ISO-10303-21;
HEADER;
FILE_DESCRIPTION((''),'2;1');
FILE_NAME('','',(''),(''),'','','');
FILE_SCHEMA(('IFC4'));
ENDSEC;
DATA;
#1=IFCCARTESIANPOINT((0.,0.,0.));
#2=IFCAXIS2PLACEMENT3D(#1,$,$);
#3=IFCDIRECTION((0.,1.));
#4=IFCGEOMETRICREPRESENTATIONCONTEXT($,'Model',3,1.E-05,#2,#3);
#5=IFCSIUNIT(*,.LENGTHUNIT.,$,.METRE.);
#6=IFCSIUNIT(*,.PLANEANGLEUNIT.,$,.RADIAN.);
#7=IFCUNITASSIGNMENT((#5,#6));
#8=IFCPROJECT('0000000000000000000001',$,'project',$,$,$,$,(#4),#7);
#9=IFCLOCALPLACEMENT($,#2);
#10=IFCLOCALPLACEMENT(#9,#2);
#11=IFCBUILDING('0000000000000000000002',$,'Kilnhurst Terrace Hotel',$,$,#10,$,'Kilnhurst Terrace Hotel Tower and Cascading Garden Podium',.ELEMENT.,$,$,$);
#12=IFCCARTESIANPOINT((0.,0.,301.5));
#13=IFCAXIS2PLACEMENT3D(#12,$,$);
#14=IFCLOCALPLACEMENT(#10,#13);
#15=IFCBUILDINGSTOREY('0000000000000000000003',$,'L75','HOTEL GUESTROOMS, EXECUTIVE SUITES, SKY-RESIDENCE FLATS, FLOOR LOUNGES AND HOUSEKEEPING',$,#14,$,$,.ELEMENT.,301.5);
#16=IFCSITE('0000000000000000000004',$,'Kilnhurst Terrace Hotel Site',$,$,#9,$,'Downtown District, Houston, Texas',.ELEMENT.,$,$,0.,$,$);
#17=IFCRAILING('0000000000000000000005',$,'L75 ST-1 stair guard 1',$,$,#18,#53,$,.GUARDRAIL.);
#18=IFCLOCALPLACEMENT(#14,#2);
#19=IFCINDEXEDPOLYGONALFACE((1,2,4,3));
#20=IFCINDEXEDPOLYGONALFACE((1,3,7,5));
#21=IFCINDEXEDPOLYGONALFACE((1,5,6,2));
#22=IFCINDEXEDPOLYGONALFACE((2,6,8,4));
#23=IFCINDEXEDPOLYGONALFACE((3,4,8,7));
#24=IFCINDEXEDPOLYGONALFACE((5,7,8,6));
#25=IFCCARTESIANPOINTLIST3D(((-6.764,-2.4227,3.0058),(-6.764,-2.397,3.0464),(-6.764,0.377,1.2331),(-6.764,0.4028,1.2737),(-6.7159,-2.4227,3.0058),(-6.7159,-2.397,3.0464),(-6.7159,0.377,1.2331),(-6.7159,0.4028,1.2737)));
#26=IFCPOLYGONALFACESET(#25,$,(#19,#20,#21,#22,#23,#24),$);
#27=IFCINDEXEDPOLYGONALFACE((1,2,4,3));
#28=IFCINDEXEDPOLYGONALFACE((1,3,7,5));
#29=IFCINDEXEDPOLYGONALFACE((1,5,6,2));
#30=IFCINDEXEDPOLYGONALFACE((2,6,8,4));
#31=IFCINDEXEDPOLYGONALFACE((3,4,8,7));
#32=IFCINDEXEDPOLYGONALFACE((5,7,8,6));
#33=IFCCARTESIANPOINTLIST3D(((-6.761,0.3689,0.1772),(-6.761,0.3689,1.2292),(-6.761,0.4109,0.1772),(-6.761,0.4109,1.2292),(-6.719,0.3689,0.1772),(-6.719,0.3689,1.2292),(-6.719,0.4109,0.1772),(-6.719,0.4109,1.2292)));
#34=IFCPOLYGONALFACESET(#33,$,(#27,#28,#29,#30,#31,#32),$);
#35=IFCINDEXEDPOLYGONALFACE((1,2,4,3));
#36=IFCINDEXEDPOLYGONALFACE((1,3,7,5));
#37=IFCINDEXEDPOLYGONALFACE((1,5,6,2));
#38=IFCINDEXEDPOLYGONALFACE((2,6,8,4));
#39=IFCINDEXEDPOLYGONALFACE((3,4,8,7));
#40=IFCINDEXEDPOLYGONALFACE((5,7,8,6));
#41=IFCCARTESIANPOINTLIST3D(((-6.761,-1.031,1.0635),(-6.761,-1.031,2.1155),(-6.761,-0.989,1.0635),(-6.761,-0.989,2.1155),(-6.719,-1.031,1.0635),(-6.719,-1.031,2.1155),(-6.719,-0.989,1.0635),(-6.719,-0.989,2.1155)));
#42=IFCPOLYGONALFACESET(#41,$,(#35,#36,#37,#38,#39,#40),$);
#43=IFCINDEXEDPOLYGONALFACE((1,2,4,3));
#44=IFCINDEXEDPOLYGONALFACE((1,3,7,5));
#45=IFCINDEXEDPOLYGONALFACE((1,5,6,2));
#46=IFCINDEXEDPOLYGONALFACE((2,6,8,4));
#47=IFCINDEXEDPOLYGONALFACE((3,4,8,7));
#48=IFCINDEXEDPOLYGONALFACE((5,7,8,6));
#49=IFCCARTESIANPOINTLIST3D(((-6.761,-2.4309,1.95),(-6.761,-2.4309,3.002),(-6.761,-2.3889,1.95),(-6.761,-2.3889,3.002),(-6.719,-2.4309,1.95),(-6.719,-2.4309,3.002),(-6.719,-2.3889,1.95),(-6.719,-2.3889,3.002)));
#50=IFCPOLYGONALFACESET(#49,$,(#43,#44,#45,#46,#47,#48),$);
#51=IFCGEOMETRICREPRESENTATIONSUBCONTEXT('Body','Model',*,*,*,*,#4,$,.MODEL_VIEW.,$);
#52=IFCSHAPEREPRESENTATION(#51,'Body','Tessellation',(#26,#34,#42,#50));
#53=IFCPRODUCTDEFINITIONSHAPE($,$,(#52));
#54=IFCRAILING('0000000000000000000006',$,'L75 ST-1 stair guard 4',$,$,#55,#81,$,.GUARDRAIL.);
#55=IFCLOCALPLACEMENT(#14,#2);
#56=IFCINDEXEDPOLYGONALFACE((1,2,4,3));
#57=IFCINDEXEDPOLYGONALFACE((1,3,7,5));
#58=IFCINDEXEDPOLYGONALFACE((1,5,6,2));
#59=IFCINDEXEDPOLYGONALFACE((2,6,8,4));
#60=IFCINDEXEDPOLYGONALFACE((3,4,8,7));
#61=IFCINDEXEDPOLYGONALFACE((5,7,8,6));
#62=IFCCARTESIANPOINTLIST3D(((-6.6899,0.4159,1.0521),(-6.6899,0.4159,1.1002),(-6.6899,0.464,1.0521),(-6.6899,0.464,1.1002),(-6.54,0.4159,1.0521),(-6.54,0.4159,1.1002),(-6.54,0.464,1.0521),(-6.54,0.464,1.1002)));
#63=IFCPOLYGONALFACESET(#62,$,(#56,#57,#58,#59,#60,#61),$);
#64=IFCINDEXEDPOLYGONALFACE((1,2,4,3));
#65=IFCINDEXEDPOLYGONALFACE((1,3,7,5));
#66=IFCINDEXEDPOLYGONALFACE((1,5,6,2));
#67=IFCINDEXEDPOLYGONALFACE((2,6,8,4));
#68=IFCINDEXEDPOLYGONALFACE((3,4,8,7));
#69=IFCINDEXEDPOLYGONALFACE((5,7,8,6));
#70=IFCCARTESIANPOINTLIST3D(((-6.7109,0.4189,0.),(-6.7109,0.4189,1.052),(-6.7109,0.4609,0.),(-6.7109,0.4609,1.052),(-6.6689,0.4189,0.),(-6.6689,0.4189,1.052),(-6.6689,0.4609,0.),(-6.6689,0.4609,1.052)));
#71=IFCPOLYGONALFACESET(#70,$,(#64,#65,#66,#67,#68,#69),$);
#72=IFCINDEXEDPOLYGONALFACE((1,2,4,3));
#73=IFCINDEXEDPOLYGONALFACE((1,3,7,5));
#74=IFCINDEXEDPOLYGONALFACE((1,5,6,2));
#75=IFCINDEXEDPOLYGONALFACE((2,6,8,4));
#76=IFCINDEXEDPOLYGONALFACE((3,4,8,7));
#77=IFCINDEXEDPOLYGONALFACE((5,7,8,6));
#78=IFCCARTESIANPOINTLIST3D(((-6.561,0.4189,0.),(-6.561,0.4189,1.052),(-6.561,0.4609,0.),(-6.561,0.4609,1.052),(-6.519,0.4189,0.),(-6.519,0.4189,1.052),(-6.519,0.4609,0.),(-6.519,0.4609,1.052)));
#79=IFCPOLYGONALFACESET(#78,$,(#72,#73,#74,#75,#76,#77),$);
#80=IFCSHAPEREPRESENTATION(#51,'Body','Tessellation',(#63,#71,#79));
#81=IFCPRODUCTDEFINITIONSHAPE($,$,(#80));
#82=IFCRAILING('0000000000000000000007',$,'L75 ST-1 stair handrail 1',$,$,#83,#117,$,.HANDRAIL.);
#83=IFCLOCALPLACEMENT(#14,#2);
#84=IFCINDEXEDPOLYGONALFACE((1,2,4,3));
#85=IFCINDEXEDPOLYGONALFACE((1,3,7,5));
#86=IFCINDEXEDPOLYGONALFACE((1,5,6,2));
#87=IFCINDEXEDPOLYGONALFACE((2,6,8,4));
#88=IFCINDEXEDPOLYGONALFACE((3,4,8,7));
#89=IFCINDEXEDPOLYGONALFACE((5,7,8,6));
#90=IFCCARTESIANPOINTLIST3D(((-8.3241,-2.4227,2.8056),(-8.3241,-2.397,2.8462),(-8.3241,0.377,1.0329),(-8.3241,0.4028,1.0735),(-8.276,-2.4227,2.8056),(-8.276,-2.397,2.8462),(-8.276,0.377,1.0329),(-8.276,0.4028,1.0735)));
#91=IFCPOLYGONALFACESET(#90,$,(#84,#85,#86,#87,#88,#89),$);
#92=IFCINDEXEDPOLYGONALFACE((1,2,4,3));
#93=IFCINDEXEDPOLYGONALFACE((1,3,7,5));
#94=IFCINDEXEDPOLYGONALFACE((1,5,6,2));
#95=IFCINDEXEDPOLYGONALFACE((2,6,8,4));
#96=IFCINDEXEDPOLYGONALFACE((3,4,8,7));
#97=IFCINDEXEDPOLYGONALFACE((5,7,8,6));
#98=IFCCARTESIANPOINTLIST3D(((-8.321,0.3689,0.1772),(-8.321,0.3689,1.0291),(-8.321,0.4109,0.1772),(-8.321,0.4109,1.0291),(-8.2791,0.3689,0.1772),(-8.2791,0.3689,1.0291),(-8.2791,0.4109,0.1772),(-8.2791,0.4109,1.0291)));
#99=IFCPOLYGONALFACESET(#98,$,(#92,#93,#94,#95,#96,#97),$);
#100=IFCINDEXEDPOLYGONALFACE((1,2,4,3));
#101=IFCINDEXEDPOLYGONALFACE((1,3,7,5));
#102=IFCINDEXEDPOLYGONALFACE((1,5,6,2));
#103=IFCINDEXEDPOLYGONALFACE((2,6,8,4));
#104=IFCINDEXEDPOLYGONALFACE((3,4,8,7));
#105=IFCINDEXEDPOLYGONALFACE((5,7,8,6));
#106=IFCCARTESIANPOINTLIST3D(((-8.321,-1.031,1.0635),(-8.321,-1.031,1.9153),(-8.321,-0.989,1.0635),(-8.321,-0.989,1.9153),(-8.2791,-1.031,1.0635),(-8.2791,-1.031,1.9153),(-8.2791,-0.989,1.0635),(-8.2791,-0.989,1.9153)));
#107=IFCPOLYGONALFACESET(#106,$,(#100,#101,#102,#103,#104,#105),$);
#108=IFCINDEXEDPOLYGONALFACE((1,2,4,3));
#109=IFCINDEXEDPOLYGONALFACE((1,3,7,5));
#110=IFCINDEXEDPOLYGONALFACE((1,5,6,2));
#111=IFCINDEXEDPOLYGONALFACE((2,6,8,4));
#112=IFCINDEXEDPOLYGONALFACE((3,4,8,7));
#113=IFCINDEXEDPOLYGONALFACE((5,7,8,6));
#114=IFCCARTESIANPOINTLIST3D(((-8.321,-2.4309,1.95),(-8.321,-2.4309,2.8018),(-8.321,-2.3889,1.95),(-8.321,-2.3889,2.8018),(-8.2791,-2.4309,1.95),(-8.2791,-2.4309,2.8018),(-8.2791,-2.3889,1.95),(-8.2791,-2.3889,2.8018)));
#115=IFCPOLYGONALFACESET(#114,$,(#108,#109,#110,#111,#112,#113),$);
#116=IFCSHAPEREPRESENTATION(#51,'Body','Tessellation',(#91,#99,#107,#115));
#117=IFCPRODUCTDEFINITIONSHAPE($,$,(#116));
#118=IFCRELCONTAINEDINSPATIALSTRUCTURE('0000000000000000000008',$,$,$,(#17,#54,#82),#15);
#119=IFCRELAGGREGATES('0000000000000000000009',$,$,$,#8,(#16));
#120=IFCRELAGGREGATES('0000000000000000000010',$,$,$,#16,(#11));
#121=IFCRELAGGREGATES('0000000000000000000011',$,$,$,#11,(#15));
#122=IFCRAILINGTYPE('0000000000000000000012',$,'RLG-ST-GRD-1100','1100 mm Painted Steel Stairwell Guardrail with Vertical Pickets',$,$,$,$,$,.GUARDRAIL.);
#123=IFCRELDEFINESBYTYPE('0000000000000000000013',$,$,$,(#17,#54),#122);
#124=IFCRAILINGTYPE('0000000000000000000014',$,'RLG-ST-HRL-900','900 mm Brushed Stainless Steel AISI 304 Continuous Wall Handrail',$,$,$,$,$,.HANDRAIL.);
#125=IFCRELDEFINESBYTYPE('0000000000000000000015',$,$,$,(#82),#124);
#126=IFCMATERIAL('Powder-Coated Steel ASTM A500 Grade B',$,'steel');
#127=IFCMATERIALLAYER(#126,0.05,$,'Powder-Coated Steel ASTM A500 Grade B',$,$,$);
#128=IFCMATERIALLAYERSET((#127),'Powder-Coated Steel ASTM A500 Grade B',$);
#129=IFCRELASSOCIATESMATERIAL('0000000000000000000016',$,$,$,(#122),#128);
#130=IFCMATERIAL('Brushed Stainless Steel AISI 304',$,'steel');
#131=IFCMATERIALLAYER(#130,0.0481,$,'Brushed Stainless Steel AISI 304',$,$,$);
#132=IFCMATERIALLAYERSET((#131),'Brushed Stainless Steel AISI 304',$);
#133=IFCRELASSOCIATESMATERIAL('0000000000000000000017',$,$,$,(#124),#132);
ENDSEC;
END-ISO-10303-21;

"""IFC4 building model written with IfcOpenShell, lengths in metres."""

from ifc_helpers import new_model, si_unit, direction, frame, origin, origin_2d, place, context, subcontext, project, spatial, rectangle, extrude, material, layer, layer_set, type_object, element, save


model = new_model("IFC4")

# Units and contexts
model_context = context("Model", 3, precision=1e-05, world=origin(), true_north=direction((0.0, 1.0)))
body_context = subcontext(model_context, "Body", "Model", "MODEL_VIEW")
ifc_project = project(units=[si_unit("LENGTHUNIT", "METRE"), si_unit("PLANEANGLEUNIT", "RADIAN")], contexts=[model_context])

# Site, building, storey
site_placement = place(None, origin())
site = spatial("IfcSite", under=ifc_project, at=site_placement, Name="Kilnhurst Terrace Hotel Site", LongName="Downtown District, Houston, Texas", CompositionType="ELEMENT", RefElevation=0.0)
building_placement = place(site_placement, origin())
building = spatial("IfcBuilding", under=site, at=building_placement, Name="Kilnhurst Terrace Hotel", LongName="Kilnhurst Terrace Hotel Tower and Cascading Garden Podium", CompositionType="ELEMENT")
storey_placement = place(building_placement, frame((0.0, 0.0, 301.5)))
storey = spatial("IfcBuildingStorey", under=building, at=storey_placement, Name="L75", Description="HOTEL GUESTROOMS, EXECUTIVE SUITES, SKY-RESIDENCE FLATS, FLOOR LOUNGES AND HOUSEKEEPING", CompositionType="ELEMENT", Elevation=301.5)

# Railings
ifc_material_1 = material(Name="Powder-Coated Steel ASTM A500 Grade B", Category="steel")
ifc_layer_1 = layer(ifc_material_1, 0.05, Name="Powder-Coated Steel ASTM A500 Grade B")
ifc_layer_set_1 = layer_set([ifc_layer_1], Name="Powder-Coated Steel ASTM A500 Grade B")
railing_type_1 = type_object("IfcRailingType", Name="RLG-ST-GRD-1100", Description="1100 mm Painted Steel Stairwell Guardrail with Vertical Pickets", PredefinedType="GUARDRAIL", material=ifc_layer_set_1)
railing_1_placement = place(storey_placement, frame((-6.74, 0.3899, 0.1772)))
element("IfcRailing", 1, at=railing_1_placement, inside=storey, type_object=railing_type_1, Name="L75 ST-1 stair guard 1", PredefinedType="GUARDRAIL", context=body_context, shape_type="SweptSolid", body=[
    extrude(rectangle(XDim=0.0481, YDim=0.0481, at=origin_2d()), frame((0.0, 0.0, 1.0762), z_axis=(0.0, -0.844888, 0.534943), x_axis=(1.0, 0.0, 0.0)), (0.0, 0.0, 1.0), 3.3137),
    extrude(rectangle(XDim=0.042, YDim=0.042, at=origin_2d()), origin(), (0.0, 0.0, 1.0), 1.052),
    extrude(rectangle(XDim=0.042, YDim=0.042, at=origin_2d()), frame((0.0, -1.3999, 0.8862)), (0.0, 0.0, 1.0), 1.052),
    extrude(rectangle(XDim=0.042, YDim=0.042, at=origin_2d()), frame((0.0, -2.7998, 1.7727)), (0.0, 0.0, 1.0), 1.052),
])
railing_2_placement = place(storey_placement, frame((-6.6899, 0.4399, 0.0)))
element("IfcRailing", 2, at=railing_2_placement, inside=storey, type_object=railing_type_1, Name="L75 ST-1 stair guard 4", PredefinedType="GUARDRAIL", context=body_context, shape_type="SweptSolid", body=[
    extrude(rectangle(XDim=0.0481, YDim=0.0481, at=origin_2d()), frame((0.0, 0.0, 1.0762), z_axis=(1.0, 0.0, 0.0), x_axis=(0.0, 1.0, 0.0)), (0.0, 0.0, 1.0), 0.1499),
    extrude(rectangle(XDim=0.042, YDim=0.042, at=origin_2d()), origin(), (0.0, 0.0, 1.0), 1.052),
    extrude(rectangle(XDim=0.042, YDim=0.042, at=origin_2d()), frame((0.1499, 0.0, 0.0)), (0.0, 0.0, 1.0), 1.052),
])
ifc_material_2 = material(Name="Brushed Stainless Steel AISI 304", Category="steel")
ifc_layer_2 = layer(ifc_material_2, 0.0481, Name="Brushed Stainless Steel AISI 304")
ifc_layer_set_2 = layer_set([ifc_layer_2], Name="Brushed Stainless Steel AISI 304")
railing_type_2 = type_object("IfcRailingType", Name="RLG-ST-HRL-900", Description="900 mm Brushed Stainless Steel AISI 304 Continuous Wall Handrail", PredefinedType="HANDRAIL", material=ifc_layer_set_2)
railing_3_placement = place(storey_placement, frame((-8.3, 0.3899, 0.1772)))
element("IfcRailing", 3, at=railing_3_placement, inside=storey, type_object=railing_type_2, Name="L75 ST-1 stair handrail 1", PredefinedType="HANDRAIL", context=body_context, shape_type="SweptSolid", body=[
    extrude(rectangle(XDim=0.0481, YDim=0.0481, at=origin_2d()), frame((0.0, 0.0, 0.876), z_axis=(0.0, -0.844888, 0.534943), x_axis=(1.0, 0.0, 0.0)), (0.0, 0.0, 1.0), 3.3137),
    extrude(rectangle(XDim=0.042, YDim=0.042, at=origin_2d()), origin(), (0.0, 0.0, 1.0), 0.8518),
    extrude(rectangle(XDim=0.042, YDim=0.042, at=origin_2d()), frame((0.0, -1.3999, 0.8862)), (0.0, 0.0, 1.0), 0.8518),
    extrude(rectangle(XDim=0.042, YDim=0.042, at=origin_2d()), frame((0.0, -2.7998, 1.7727)), (0.0, 0.0, 1.0), 0.8518),
])

save(model, "model.ifc")
